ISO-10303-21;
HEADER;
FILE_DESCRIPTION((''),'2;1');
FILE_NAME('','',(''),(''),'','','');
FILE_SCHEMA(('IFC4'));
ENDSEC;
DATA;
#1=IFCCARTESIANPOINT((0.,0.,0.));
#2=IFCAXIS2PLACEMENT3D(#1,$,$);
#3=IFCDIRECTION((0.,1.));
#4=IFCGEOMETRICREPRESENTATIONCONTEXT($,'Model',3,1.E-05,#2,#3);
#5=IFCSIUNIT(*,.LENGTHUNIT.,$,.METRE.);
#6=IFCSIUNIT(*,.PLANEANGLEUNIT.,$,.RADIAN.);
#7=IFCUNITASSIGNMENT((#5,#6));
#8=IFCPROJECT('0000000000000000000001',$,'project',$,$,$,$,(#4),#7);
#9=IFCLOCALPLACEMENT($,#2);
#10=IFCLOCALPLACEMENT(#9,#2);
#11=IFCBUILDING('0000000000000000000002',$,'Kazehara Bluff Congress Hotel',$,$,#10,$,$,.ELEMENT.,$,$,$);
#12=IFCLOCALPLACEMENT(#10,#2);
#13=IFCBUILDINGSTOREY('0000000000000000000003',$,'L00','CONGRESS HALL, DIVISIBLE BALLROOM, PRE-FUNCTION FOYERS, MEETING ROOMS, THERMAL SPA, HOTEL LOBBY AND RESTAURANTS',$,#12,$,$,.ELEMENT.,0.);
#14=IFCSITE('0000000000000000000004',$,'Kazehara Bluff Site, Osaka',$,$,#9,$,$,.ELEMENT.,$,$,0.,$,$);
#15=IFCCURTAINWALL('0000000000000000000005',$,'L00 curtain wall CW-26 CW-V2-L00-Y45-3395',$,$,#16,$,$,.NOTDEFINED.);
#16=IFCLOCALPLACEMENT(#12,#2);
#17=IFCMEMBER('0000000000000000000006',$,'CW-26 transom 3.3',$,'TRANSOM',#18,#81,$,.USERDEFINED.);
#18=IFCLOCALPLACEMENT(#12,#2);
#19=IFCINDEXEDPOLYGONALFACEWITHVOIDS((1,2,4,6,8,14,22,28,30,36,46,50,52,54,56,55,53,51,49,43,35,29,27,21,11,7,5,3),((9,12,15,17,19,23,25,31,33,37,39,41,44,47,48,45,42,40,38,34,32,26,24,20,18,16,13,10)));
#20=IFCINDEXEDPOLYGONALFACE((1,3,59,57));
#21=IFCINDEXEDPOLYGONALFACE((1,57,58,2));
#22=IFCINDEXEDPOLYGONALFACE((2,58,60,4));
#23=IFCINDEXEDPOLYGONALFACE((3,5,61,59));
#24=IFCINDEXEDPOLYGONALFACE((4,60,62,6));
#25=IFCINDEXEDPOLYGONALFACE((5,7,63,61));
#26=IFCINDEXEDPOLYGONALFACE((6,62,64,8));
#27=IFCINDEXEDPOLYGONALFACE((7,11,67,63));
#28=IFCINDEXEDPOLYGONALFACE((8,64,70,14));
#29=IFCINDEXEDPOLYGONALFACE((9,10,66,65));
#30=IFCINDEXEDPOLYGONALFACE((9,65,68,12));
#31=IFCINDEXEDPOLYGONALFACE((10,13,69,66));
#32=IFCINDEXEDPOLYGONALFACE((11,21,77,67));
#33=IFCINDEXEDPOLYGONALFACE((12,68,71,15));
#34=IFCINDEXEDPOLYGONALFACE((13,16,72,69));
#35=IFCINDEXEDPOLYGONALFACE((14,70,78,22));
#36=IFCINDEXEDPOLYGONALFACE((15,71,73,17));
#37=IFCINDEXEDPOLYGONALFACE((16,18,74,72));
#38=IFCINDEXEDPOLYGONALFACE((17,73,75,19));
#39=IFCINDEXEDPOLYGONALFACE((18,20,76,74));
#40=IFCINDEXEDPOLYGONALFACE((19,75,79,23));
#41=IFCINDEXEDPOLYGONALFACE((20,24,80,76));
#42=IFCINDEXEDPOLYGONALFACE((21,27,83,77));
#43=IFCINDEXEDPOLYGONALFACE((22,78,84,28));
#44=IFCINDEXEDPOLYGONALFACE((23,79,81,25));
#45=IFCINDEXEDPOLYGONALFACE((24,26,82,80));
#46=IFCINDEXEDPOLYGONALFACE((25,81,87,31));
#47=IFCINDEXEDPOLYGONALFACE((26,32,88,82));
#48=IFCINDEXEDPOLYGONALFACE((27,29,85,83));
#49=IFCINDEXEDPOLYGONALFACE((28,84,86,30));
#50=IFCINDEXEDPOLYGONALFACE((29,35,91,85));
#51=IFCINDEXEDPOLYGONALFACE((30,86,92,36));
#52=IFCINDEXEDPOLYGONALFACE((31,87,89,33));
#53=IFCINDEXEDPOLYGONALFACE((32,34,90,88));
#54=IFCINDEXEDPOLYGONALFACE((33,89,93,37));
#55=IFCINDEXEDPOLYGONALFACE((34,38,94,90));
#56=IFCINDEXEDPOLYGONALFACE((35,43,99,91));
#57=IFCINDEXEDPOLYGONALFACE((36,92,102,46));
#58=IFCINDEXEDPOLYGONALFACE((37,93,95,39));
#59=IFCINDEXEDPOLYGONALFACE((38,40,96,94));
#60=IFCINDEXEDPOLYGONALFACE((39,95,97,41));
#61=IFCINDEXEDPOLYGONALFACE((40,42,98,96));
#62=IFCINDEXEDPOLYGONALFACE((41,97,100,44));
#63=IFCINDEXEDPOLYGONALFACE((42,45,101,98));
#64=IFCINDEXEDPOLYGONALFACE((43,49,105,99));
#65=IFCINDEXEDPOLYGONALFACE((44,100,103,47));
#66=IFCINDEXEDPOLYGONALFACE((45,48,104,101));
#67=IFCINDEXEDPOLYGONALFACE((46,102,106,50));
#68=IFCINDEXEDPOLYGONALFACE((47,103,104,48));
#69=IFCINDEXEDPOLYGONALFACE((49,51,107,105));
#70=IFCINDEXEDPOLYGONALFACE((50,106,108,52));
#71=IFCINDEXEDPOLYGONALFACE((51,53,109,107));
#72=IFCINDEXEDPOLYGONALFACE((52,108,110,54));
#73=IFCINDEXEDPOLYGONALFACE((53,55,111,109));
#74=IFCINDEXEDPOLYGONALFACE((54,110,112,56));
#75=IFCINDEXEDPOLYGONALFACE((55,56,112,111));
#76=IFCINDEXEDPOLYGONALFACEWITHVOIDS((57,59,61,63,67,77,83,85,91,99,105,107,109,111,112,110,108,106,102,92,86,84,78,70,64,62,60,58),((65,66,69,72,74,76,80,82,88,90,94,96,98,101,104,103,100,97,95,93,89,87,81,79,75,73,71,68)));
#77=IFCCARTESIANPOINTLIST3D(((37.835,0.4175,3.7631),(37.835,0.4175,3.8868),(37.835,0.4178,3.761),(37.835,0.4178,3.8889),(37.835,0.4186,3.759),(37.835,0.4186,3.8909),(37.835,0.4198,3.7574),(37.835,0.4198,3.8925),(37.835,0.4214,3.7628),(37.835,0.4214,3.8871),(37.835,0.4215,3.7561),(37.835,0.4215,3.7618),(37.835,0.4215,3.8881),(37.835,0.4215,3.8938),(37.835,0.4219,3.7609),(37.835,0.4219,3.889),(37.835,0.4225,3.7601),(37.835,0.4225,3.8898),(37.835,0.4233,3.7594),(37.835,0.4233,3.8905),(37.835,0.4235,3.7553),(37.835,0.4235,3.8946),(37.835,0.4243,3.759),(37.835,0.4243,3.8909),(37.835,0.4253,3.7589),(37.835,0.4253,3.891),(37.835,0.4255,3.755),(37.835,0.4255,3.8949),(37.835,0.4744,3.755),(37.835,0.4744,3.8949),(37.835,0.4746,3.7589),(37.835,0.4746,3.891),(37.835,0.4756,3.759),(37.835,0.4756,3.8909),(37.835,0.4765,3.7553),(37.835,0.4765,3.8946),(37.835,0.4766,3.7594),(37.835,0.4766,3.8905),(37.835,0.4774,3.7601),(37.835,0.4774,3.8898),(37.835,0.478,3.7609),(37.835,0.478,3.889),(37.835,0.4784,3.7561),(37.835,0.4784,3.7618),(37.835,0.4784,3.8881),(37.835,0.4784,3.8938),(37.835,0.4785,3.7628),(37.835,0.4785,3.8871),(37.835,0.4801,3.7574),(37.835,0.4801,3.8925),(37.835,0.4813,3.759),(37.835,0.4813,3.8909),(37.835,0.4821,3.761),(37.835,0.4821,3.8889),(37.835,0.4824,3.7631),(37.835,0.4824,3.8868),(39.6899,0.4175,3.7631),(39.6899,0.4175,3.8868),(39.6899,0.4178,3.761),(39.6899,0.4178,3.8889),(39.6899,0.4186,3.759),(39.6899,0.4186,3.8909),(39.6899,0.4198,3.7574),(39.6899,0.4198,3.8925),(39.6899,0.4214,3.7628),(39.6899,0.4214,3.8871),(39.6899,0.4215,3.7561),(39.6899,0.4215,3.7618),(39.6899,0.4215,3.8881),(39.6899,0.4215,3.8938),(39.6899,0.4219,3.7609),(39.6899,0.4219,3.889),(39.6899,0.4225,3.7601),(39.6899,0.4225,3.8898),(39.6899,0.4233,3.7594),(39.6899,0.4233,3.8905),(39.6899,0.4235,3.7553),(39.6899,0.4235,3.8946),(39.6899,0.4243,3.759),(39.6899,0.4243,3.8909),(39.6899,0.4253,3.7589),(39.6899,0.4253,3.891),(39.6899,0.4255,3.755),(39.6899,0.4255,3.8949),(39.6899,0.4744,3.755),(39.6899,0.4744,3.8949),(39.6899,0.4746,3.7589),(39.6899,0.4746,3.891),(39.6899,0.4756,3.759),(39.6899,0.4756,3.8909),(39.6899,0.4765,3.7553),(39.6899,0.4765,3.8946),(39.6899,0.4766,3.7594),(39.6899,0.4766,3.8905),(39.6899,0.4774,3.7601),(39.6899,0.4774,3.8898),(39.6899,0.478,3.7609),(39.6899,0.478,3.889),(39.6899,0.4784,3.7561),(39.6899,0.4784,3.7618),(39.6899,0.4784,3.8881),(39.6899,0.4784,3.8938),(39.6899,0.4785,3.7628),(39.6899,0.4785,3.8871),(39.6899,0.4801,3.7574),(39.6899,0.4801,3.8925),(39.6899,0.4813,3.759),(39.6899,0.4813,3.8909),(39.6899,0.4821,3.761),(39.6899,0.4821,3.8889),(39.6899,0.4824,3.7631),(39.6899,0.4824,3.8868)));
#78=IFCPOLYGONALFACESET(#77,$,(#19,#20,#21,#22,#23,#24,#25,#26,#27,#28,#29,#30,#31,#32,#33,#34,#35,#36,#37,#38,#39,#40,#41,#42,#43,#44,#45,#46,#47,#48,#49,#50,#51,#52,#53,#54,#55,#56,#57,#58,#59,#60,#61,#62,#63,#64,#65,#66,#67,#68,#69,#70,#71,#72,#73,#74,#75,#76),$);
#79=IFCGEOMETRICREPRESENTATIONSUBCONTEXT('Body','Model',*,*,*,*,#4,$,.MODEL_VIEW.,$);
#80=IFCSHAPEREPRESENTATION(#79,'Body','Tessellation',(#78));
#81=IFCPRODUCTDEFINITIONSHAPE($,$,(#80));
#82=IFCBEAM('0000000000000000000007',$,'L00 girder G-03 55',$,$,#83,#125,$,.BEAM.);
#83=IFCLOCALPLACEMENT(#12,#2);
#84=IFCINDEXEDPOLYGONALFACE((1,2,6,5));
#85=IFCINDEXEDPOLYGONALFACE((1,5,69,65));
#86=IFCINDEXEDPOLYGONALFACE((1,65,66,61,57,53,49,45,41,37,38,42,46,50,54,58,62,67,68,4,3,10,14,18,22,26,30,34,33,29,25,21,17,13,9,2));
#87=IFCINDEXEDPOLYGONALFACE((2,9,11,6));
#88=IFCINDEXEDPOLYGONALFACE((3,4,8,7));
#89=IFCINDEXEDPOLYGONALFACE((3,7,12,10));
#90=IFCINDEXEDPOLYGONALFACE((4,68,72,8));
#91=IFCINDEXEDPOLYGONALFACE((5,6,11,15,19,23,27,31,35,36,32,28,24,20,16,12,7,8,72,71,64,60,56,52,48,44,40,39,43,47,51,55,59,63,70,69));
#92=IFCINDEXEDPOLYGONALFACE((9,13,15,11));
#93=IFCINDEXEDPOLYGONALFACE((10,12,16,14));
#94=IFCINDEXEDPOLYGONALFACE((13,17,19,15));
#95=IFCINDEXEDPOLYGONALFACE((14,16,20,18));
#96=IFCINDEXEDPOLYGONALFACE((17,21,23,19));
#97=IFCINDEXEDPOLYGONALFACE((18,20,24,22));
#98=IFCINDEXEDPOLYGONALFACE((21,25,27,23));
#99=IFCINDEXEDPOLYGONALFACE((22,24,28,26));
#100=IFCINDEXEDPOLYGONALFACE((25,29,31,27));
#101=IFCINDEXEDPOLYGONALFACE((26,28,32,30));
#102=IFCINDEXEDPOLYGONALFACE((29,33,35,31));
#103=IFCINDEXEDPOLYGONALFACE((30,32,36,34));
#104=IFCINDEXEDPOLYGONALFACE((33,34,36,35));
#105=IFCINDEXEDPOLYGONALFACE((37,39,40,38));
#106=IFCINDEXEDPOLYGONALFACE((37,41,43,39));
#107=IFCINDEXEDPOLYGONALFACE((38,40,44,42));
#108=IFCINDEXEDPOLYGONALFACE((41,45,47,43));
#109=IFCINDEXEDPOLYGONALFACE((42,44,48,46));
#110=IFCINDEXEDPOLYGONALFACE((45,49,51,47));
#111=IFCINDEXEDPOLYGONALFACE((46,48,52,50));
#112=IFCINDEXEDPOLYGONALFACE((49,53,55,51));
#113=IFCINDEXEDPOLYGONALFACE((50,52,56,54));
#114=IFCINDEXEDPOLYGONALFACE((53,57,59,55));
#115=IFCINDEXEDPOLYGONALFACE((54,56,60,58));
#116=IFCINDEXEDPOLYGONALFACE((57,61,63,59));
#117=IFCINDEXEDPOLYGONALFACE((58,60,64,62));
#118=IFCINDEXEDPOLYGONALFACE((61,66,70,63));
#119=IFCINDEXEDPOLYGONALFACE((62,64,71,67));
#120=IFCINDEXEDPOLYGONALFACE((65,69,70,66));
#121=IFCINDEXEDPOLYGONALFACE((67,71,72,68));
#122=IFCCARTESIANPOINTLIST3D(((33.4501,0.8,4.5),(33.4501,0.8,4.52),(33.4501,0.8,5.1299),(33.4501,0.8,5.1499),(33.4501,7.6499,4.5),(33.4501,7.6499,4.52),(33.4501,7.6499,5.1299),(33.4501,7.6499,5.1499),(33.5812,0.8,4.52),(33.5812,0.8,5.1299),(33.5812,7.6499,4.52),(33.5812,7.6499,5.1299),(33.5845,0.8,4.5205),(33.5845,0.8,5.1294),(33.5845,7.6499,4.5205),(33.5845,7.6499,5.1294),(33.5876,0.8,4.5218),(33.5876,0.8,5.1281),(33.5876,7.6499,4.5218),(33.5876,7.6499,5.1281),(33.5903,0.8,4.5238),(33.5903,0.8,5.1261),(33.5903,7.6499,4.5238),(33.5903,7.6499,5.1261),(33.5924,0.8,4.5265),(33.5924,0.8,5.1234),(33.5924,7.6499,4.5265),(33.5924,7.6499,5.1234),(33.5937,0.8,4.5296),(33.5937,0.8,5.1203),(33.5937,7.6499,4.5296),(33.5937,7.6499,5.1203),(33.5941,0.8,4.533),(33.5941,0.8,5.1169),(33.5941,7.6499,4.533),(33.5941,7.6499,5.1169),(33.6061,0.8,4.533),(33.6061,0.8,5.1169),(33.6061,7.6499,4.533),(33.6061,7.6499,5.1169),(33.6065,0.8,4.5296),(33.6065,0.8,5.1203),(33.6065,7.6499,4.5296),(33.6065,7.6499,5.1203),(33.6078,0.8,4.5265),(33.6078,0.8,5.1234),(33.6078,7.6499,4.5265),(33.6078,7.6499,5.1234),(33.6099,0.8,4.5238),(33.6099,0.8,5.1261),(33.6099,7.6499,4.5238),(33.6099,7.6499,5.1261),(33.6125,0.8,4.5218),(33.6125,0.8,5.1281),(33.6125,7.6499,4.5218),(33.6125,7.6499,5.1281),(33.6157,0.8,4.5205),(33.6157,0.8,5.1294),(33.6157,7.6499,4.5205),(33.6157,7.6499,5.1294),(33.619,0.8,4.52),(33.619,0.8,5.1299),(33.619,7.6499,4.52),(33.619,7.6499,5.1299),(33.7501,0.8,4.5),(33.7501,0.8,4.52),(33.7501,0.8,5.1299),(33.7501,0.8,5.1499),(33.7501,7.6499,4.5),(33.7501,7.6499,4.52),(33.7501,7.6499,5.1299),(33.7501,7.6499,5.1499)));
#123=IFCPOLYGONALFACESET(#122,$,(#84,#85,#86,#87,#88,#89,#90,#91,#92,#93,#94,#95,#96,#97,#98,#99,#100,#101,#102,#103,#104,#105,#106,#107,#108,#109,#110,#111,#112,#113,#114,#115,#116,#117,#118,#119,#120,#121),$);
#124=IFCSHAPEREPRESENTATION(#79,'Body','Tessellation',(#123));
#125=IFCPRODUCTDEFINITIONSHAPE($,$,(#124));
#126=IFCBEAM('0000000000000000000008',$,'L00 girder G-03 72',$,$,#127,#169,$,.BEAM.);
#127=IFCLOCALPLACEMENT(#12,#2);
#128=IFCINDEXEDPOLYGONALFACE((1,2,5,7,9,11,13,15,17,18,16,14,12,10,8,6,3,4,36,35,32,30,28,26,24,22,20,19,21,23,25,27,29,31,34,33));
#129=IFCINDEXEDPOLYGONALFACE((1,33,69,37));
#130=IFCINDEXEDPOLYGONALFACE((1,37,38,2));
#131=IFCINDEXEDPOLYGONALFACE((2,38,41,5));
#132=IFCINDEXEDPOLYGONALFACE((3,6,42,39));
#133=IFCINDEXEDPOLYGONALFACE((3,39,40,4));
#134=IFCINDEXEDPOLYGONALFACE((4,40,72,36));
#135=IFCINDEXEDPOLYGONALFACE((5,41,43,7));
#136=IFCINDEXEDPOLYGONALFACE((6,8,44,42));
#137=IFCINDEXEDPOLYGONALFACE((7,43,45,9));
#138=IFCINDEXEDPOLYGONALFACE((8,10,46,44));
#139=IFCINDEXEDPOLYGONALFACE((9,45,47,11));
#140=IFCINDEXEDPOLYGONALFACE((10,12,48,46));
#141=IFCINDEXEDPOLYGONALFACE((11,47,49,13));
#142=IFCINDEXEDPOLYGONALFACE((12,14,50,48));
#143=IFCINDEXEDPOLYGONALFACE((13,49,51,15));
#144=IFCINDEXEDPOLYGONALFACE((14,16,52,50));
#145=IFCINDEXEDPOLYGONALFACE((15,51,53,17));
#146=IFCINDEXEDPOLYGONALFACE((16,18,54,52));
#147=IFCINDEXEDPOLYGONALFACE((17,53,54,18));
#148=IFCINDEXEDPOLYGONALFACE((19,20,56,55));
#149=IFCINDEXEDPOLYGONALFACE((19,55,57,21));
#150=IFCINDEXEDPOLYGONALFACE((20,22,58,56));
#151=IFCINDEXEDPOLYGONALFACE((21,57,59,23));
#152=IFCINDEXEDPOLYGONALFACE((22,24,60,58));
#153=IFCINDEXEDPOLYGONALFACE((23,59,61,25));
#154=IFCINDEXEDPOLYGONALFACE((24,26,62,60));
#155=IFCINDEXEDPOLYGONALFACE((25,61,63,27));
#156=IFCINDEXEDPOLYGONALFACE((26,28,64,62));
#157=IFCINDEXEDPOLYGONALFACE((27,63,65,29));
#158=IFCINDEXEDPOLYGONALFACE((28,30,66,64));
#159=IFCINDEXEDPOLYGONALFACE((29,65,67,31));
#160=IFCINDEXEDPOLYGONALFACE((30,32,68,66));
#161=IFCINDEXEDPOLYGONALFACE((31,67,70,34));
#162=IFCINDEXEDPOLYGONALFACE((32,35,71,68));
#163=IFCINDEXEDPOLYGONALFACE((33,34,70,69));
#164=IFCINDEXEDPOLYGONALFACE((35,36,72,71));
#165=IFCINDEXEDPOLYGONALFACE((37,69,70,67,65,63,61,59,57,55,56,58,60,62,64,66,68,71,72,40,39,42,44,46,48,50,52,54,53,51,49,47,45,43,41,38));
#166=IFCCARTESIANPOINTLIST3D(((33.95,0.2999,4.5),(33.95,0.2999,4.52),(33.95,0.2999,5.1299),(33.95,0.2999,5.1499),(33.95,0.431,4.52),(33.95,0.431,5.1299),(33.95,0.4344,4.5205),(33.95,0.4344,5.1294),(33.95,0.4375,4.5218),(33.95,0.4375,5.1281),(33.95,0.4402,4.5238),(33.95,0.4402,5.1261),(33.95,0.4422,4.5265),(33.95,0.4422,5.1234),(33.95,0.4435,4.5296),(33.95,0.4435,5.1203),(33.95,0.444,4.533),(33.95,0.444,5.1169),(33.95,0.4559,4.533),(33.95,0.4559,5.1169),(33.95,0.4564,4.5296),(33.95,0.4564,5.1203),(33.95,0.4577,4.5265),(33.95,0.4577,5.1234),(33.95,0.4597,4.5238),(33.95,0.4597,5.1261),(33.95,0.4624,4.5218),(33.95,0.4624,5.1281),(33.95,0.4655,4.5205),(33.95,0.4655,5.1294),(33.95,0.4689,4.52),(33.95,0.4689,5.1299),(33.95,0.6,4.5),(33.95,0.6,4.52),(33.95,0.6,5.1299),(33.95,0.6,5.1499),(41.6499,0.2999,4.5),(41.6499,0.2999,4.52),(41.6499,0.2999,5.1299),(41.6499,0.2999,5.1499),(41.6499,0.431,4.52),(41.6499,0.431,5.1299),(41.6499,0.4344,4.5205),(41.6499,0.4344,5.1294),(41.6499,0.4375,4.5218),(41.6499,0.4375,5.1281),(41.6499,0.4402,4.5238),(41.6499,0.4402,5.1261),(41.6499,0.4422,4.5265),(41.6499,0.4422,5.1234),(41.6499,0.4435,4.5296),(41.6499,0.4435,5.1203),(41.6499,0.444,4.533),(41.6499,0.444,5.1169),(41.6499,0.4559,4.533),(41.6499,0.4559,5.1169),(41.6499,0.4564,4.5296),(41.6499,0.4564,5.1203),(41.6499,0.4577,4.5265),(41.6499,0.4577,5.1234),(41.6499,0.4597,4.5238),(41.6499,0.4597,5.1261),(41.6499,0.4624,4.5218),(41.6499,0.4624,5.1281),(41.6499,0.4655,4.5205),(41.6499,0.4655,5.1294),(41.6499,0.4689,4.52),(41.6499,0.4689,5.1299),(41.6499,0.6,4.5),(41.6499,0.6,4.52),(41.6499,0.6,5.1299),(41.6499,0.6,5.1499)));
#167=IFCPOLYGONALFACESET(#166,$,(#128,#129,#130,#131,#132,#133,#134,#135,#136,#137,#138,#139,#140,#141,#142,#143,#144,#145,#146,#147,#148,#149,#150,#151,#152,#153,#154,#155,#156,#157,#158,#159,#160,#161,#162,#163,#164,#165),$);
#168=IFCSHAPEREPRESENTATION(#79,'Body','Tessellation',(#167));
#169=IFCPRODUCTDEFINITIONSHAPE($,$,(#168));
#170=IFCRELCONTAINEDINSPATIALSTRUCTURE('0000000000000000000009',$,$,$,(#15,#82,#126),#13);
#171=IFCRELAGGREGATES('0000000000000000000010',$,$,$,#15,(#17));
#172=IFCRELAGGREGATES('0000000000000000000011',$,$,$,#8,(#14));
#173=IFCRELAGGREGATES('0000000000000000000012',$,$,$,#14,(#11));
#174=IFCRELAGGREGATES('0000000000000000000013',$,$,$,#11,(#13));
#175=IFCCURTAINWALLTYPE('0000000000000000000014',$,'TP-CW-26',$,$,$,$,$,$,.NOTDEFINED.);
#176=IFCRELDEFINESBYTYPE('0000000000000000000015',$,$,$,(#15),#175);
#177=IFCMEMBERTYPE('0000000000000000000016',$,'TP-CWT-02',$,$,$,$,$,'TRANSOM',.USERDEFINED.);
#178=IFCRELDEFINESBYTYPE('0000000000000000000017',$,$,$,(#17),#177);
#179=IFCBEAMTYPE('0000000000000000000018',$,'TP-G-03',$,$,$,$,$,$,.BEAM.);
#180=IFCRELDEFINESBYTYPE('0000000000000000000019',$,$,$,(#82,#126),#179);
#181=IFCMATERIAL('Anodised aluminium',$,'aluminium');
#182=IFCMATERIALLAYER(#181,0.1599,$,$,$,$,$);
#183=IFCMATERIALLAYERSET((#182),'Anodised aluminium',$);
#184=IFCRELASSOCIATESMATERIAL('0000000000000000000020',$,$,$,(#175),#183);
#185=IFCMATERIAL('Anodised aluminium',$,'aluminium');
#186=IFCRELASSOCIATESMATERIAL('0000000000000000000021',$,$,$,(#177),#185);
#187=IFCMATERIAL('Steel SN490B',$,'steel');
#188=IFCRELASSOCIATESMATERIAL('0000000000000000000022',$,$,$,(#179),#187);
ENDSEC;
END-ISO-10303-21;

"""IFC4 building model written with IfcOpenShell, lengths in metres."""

from ifc_helpers import new_model, si_unit, direction, frame, origin, origin_2d, place, context, subcontext, project, spatial, hollow_rectangle, i_section, extrude, material, layer, layer_set, material_profile, profile_set, type_object, element, aggregate, save


model = new_model("IFC4")

# Units and contexts
model_context = context("Model", 3, precision=1e-05, world=origin(), true_north=direction((0.0, 1.0)))
body_context = subcontext(model_context, "Body", "Model", "MODEL_VIEW")
ifc_project = project(units=[si_unit("LENGTHUNIT", "METRE"), si_unit("PLANEANGLEUNIT", "RADIAN")], contexts=[model_context])

# Site, building, storey
site_placement = place(None, origin())
site = spatial("IfcSite", under=ifc_project, at=site_placement, Name="Kazehara Bluff Site, Osaka", CompositionType="ELEMENT", RefElevation=0.0)
building_placement = place(site_placement, origin())
building = spatial("IfcBuilding", under=site, at=building_placement, Name="Kazehara Bluff Congress Hotel", CompositionType="ELEMENT")
storey_placement = place(building_placement, origin())
storey = spatial("IfcBuildingStorey", under=building, at=storey_placement, Name="L00", Description="CONGRESS HALL, DIVISIBLE BALLROOM, PRE-FUNCTION FOYERS, MEETING ROOMS, THERMAL SPA, HOTEL LOBBY AND RESTAURANTS", CompositionType="ELEMENT", Elevation=0.0)

# Shared definitions
ifc_material_1 = material(Name="Anodised aluminium", Category="aluminium")
ifc_layer_1 = layer(ifc_material_1, 0.1599)
ifc_layer_set_1 = layer_set([ifc_layer_1], Name="Anodised aluminium")
curtain_wall_type = type_object("IfcCurtainWallType", Name="TP-CW-26", PredefinedType="NOTDEFINED", material=ifc_layer_set_1)

# Curtain wall, member
curtain_wall_1_placement = place(storey_placement, origin())
curtain_wall_1 = element("IfcCurtainWall", 1, at=curtain_wall_1_placement, inside=storey, type_object=curtain_wall_type, Name="L00 curtain wall CW-26 CW-V2-L00-Y45-3395", PredefinedType="NOTDEFINED")
ifc_material_2 = material(Name="Anodised aluminium", Category="aluminium")
ifc_material_profile_1 = material_profile(ifc_material_2, hollow_rectangle(XDim=0.0649, YDim=0.1399, WallThickness=0.0039, InnerFilletRadius=0.0039, OuterFilletRadius=0.0081, at=origin_2d()))
ifc_profile_set_1 = profile_set([ifc_material_profile_1], Name="Anodised aluminium")
member_type_1 = type_object("IfcMemberType", Name="TP-CWT-02", ElementType="TRANSOM", PredefinedType="USERDEFINED", material=ifc_profile_set_1)
member_1_placement = place(storey_placement, frame((37.835, 0.45, 3.825), z_axis=(1.0, 0.0, 0.0), x_axis=(0.0, 1.0, 0.0)))
member_1 = element("IfcMember", 2, at=member_1_placement, type_object=member_type_1, Name="CW-26 transom 3.3", ObjectType="TRANSOM", PredefinedType="USERDEFINED", context=body_context, shape_type="SweptSolid", body=[
    extrude(hollow_rectangle(XDim=0.0649, YDim=0.1399, WallThickness=0.0039, InnerFilletRadius=0.0039, OuterFilletRadius=0.0081, at=origin_2d()), origin(), (0.0, 0.0, 1.0), 1.855),
])

# Beams
ifc_material_3 = material(Name="Steel SN490B", Category="steel")
ifc_material_profile_2 = material_profile(ifc_material_3, i_section(OverallWidth=0.3, OverallDepth=0.6499, WebThickness=0.012, FlangeThickness=0.02, FilletRadius=0.0129, at=origin_2d()))
ifc_profile_set_2 = profile_set([ifc_material_profile_2], Name="Steel SN490B")
beam_type_1 = type_object("IfcBeamType", Name="TP-G-03", PredefinedType="BEAM", material=ifc_profile_set_2)
beam_1_placement = place(storey_placement, frame((33.6001, 0.8, 4.825), z_axis=(0.0, 1.0, 0.0), x_axis=(-1.0, 0.0, 0.0)))
element("IfcBeam", 3, at=beam_1_placement, inside=storey, type_object=beam_type_1, Name="L00 girder G-03 55", PredefinedType="BEAM", context=body_context, shape_type="SweptSolid", body=[
    extrude(i_section(OverallWidth=0.3, OverallDepth=0.6499, WebThickness=0.012, FlangeThickness=0.02, FilletRadius=0.0129, at=origin_2d()), origin(), (0.0, 0.0, 1.0), 6.8499),
])
for number, where, z_axis, x_axis, name in (
    (4, (33.95, 0.45, 4.825), (1.0, 0.0, 0.0), (0.0, 1.0, 0.0), "L00 girder G-03 72"),
):
    element("IfcBeam", number, at=place(storey_placement, frame(where, z_axis=z_axis, x_axis=x_axis)), inside=storey, type_object=beam_type_1, Name=name, PredefinedType="BEAM", context=body_context, shape_type="SweptSolid", body=[
        extrude(i_section(OverallWidth=0.3, OverallDepth=0.6499, WebThickness=0.012, FlangeThickness=0.02, FilletRadius=0.0129, at=origin_2d()), origin(), (0.0, 0.0, 1.0), 7.7),
    ])

aggregate(curtain_wall_1, [member_1])

save(model, "model.ifc")
